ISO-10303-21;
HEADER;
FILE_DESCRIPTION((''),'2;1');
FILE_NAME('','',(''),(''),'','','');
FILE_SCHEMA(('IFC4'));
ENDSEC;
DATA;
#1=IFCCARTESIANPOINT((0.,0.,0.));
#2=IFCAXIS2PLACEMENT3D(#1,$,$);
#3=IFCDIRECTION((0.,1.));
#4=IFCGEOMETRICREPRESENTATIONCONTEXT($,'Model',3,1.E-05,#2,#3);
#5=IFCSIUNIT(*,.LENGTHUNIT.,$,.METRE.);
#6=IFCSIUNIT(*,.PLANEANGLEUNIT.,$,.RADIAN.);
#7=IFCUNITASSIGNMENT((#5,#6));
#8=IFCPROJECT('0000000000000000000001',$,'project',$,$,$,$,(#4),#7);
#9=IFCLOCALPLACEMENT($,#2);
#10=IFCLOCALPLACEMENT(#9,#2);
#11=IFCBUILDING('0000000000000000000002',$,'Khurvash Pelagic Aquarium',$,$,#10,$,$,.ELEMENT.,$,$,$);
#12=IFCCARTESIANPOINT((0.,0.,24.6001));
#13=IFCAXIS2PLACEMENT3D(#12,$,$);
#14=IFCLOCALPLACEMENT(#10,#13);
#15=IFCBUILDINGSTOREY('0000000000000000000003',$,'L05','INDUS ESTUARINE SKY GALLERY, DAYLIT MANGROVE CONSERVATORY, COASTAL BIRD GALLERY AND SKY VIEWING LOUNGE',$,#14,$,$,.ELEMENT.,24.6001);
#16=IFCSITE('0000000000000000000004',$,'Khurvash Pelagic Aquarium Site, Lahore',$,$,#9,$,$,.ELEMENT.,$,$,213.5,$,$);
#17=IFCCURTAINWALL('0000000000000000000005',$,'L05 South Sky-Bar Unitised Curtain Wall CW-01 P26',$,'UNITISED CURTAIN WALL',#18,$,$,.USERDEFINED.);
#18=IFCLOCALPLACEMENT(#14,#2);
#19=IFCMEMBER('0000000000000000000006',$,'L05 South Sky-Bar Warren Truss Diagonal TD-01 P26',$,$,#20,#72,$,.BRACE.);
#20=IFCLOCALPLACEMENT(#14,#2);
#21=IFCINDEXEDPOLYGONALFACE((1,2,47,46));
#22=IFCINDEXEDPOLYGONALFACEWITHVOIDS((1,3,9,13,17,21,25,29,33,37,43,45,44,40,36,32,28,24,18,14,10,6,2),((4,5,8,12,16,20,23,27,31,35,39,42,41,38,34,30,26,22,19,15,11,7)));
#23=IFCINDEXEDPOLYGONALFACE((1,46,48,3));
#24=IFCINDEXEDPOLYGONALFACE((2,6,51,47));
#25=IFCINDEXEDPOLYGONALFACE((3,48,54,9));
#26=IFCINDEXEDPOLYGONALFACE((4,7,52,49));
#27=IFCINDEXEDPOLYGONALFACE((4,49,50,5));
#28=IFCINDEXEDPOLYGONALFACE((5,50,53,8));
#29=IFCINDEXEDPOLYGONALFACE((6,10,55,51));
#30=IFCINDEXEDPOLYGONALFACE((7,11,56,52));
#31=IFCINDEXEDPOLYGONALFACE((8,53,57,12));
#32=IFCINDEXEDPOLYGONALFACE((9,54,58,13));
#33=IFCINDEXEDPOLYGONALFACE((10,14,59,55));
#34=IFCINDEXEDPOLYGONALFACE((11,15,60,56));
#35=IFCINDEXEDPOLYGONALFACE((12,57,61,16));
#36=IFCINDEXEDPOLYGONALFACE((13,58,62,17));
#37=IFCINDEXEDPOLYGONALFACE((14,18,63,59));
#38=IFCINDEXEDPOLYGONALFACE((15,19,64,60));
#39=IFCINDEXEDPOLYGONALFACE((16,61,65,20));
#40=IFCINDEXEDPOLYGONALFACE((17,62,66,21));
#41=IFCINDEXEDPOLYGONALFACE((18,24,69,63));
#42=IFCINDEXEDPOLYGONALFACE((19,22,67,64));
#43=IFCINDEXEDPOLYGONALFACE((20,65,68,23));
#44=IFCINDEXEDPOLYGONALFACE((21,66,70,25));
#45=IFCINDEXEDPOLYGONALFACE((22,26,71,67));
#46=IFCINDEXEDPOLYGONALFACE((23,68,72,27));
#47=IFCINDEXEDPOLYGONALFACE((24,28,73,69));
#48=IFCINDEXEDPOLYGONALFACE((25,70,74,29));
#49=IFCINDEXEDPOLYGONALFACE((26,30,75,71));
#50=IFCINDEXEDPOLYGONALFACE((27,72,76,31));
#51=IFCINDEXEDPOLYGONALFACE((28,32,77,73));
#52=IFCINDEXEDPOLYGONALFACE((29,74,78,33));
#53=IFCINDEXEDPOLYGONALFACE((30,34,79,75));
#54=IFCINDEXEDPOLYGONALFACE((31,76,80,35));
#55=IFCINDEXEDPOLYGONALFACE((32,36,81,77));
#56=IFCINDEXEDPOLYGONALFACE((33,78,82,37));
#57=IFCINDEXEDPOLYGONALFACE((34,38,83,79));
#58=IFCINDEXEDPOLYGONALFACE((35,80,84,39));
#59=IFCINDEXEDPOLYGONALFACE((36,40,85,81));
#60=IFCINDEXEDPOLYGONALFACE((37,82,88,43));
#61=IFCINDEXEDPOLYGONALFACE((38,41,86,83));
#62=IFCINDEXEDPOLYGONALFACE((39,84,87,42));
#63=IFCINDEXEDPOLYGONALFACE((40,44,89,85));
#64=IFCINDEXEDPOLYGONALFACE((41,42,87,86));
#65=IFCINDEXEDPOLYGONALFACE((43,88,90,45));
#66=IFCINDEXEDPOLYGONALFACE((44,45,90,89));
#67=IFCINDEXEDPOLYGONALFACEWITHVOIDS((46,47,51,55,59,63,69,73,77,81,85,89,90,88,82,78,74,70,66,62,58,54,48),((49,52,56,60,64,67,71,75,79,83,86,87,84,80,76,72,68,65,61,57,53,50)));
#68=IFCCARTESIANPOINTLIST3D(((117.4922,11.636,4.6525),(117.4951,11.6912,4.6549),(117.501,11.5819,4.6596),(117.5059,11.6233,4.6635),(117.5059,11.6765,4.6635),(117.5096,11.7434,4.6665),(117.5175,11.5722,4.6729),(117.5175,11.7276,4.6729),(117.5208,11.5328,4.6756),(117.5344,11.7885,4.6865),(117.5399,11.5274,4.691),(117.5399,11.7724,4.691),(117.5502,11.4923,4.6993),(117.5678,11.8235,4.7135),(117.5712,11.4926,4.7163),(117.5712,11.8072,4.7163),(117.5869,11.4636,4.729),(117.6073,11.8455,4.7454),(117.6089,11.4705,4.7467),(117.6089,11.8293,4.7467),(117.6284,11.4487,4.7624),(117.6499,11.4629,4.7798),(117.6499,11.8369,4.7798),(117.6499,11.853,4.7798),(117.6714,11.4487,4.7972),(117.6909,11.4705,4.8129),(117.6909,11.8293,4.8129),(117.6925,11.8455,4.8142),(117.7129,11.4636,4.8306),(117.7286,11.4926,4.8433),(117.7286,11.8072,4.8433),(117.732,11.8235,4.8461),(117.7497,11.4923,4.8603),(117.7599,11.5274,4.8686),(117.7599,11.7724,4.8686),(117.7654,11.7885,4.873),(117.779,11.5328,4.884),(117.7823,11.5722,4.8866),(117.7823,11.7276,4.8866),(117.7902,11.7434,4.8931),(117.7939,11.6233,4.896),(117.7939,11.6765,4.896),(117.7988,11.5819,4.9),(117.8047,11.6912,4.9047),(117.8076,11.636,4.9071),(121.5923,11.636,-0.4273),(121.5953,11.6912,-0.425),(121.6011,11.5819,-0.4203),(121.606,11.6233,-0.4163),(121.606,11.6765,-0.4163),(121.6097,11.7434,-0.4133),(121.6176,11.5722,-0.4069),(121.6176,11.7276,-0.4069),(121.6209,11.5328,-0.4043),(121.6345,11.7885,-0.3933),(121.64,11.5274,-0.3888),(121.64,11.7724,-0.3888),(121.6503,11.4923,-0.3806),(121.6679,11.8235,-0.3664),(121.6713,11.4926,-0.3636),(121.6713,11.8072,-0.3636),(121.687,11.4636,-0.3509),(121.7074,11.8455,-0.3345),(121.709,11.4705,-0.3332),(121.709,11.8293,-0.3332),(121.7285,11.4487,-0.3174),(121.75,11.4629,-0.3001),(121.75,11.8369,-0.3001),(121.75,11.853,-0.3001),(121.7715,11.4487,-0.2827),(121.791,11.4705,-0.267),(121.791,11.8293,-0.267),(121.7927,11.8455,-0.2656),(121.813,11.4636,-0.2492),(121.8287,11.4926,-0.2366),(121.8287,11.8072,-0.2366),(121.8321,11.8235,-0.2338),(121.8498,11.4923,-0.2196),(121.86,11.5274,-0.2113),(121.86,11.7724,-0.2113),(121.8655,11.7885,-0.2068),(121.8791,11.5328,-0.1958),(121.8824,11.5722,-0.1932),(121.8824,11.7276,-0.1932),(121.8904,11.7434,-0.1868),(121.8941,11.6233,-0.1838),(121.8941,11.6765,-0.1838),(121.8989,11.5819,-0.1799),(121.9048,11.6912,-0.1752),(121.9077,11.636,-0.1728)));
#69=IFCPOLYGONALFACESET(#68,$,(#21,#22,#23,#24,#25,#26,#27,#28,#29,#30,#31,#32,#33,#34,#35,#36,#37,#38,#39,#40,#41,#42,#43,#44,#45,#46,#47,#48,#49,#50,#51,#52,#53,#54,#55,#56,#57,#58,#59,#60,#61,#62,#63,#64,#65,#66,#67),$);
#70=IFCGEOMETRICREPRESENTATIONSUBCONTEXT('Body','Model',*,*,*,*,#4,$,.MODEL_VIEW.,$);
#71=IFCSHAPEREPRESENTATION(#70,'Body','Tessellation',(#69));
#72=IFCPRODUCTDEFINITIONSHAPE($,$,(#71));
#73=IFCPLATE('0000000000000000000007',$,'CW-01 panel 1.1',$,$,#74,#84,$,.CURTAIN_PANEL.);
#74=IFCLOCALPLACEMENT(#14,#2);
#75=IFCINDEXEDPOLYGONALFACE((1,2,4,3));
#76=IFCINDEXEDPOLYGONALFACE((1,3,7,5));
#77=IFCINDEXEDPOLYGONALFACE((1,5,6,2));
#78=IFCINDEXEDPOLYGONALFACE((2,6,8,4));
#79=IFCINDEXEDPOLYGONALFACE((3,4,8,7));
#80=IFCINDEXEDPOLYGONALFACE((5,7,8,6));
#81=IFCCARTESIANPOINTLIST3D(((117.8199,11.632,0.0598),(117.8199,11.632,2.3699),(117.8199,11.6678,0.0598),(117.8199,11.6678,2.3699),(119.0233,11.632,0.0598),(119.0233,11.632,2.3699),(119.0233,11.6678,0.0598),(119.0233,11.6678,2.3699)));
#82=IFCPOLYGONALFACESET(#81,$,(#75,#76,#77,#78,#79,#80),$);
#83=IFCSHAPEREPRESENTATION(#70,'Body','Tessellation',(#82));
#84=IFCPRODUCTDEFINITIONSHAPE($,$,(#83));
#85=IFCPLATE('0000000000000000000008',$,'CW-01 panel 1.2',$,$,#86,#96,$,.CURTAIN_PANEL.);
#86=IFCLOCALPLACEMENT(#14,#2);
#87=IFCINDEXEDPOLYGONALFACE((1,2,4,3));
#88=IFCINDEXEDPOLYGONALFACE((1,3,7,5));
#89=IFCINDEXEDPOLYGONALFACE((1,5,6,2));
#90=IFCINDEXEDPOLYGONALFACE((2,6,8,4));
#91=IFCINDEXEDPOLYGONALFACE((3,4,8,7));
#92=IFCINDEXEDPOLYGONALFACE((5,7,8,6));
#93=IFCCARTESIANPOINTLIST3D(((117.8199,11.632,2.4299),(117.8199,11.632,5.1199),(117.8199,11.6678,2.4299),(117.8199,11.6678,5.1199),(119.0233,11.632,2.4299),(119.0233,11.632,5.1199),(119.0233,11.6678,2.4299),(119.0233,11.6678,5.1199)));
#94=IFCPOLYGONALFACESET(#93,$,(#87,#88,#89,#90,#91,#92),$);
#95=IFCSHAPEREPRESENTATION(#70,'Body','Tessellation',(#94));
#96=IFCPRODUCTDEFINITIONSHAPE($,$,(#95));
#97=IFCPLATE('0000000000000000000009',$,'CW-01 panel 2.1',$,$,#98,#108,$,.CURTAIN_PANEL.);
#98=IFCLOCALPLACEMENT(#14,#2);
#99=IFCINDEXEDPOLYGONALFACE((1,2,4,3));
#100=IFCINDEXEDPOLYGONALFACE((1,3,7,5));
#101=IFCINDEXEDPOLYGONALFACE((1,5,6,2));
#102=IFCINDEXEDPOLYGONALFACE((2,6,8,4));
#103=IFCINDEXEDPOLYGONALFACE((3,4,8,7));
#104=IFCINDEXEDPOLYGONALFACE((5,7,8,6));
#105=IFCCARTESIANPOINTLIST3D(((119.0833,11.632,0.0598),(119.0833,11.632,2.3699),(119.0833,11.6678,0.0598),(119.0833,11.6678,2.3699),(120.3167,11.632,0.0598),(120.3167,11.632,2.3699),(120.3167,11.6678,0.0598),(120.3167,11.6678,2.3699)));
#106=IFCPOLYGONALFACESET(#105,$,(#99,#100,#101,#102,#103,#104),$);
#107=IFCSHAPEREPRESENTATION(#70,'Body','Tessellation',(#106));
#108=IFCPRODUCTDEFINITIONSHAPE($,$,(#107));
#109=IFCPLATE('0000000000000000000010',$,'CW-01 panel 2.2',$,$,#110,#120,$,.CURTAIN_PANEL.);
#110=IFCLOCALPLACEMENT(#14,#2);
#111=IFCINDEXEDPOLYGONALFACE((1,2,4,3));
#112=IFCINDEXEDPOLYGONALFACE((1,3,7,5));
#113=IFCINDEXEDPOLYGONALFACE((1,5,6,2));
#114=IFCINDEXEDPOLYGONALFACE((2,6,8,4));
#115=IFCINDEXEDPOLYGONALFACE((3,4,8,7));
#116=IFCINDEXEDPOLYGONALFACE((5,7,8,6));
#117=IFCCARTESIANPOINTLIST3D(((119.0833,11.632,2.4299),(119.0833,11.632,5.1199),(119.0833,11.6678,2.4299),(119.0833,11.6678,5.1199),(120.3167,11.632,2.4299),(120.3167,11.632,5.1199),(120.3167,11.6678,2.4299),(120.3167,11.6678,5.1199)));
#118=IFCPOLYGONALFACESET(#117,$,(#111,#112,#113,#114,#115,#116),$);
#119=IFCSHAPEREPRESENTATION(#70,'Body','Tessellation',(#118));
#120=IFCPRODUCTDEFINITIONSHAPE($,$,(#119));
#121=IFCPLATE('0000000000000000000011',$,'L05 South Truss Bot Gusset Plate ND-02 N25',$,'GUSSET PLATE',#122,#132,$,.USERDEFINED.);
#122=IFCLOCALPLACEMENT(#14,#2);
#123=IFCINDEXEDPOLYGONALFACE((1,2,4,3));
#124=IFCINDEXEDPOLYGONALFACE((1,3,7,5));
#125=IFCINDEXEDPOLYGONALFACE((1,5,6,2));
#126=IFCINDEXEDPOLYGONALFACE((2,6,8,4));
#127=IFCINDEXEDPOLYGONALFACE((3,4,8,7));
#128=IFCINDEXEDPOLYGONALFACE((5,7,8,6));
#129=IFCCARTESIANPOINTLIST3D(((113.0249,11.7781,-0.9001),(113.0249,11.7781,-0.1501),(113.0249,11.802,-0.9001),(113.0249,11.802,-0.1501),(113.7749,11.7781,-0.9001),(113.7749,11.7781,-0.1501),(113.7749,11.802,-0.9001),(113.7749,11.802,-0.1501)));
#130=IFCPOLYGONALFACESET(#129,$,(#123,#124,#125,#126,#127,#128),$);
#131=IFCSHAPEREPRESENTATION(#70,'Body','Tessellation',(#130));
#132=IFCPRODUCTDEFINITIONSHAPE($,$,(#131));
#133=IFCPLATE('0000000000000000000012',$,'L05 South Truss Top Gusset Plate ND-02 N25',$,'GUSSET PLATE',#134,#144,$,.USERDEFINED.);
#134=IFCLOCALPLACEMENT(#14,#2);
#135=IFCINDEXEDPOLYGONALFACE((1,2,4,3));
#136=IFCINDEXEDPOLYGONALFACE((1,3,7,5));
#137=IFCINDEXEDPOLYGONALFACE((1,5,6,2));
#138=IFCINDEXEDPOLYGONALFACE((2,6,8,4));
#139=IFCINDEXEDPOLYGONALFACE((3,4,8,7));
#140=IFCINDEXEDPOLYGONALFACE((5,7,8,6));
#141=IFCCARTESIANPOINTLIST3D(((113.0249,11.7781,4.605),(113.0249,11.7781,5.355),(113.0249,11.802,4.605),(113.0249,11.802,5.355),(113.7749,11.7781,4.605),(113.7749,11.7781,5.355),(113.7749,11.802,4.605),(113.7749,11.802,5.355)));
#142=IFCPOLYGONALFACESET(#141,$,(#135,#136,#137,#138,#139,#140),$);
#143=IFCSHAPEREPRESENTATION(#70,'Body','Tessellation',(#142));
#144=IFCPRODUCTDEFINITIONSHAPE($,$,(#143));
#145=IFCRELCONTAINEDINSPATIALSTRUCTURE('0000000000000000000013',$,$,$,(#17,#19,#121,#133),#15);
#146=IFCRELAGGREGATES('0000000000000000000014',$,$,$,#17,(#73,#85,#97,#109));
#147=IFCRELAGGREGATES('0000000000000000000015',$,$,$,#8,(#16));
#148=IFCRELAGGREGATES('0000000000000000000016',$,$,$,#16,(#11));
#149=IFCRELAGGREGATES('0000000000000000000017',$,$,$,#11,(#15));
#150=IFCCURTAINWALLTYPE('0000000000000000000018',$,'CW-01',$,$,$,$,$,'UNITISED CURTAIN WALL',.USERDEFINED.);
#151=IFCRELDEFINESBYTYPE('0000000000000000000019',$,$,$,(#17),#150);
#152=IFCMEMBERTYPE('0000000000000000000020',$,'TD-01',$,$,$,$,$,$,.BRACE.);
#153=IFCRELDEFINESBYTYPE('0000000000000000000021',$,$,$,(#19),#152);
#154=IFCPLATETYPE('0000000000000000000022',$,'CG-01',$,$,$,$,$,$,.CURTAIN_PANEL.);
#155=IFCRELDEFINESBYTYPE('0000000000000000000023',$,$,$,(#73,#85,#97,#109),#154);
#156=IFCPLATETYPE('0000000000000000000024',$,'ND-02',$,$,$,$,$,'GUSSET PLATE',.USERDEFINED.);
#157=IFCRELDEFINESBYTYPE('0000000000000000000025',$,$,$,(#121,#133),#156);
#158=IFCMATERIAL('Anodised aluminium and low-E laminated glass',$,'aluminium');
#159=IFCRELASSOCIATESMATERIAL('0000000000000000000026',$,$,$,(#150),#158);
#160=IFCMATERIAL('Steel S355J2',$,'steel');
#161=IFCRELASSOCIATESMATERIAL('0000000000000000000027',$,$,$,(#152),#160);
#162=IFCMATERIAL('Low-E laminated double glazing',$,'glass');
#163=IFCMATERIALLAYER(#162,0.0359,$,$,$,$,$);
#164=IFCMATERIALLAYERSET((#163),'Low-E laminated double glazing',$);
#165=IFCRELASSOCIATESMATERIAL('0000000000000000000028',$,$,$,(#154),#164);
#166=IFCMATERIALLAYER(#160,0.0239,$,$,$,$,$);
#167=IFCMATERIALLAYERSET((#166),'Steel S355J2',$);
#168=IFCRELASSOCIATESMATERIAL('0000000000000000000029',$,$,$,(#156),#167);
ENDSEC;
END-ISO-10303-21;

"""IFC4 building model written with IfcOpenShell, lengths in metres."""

from ifc_helpers import new_model, si_unit, direction, frame, origin, origin_2d, place, context, subcontext, project, spatial, rectangle, hollow_circle, extrude, material, layer, layer_set, material_profile, profile_set, type_object, element, aggregate, save


model = new_model("IFC4")

# Units and contexts
model_context = context("Model", 3, precision=1e-05, world=origin(), true_north=direction((0.0, 1.0)))
body_context = subcontext(model_context, "Body", "Model", "MODEL_VIEW")
ifc_project = project(units=[si_unit("LENGTHUNIT", "METRE"), si_unit("PLANEANGLEUNIT", "RADIAN")], contexts=[model_context])

# Site, building, storey
site_placement = place(None, origin())
site = spatial("IfcSite", under=ifc_project, at=site_placement, Name="Khurvash Pelagic Aquarium Site, Lahore", CompositionType="ELEMENT", RefElevation=213.5)
building_placement = place(site_placement, origin())
building = spatial("IfcBuilding", under=site, at=building_placement, Name="Khurvash Pelagic Aquarium", CompositionType="ELEMENT")
storey_placement = place(building_placement, frame((0.0, 0.0, 24.6001)))
storey = spatial("IfcBuildingStorey", under=building, at=storey_placement, Name="L05", Description="INDUS ESTUARINE SKY GALLERY, DAYLIT MANGROVE CONSERVATORY, COASTAL BIRD GALLERY AND SKY VIEWING LOUNGE", CompositionType="ELEMENT", Elevation=24.6001)

# Curtain wall
ifc_material_1 = material(Name="Anodised aluminium and low-E laminated glass", Category="aluminium")
curtain_wall_type = type_object("IfcCurtainWallType", Name="CW-01", ElementType="UNITISED CURTAIN WALL", PredefinedType="USERDEFINED", material=ifc_material_1)
curtain_wall_placement = place(storey_placement, origin())
curtain_wall = element("IfcCurtainWall", 1, at=curtain_wall_placement, inside=storey, type_object=curtain_wall_type, Name="L05 South Sky-Bar Unitised Curtain Wall CW-01 P26", ObjectType="UNITISED CURTAIN WALL", PredefinedType="USERDEFINED")

# Member
ifc_material_2 = material(Name="Steel S355J2", Category="steel")
ifc_material_profile_1 = material_profile(ifc_material_2, hollow_circle(Radius=0.2031, WallThickness=0.0161, at=origin_2d()), Name="CHS406X16")
ifc_profile_set_1 = profile_set([ifc_material_profile_1], Name="Steel S355J2")
member_type_1 = type_object("IfcMemberType", Name="TD-01", PredefinedType="BRACE", material=ifc_profile_set_1)
member_1_placement = place(storey_placement, frame((117.6499, 11.6499, 4.7798), z_axis=(0.628073, 0.0, -0.778154), x_axis=(0.0, 1.0, 0.0)))
element("IfcMember", 2, at=member_1_placement, inside=storey, type_object=member_type_1, Name="L05 South Sky-Bar Warren Truss Diagonal TD-01 P26", PredefinedType="BRACE", context=body_context, shape_type="SweptSolid", body=[
    extrude(hollow_circle(Radius=0.2031, WallThickness=0.0161, at=origin_2d()), origin(), (0.0, 0.0, 1.0), 6.5281),
])

# Plates
ifc_material_3 = material(Name="Low-E laminated double glazing", Category="glass")
ifc_layer_1 = layer(ifc_material_3, 0.0359)
ifc_layer_set_1 = layer_set([ifc_layer_1], Name="Low-E laminated double glazing")
plate_type_1 = type_object("IfcPlateType", Name="CG-01", PredefinedType="CURTAIN_PANEL", material=ifc_layer_set_1)
plate_1_placement = place(storey_placement, frame((118.4216, 11.6499, 0.0598), z_axis=(0.0, 0.0, 1.0), x_axis=(1.0, 0.0, 0.0)))
plate_1 = element("IfcPlate", 3, at=plate_1_placement, type_object=plate_type_1, Name="CW-01 panel 1.1", PredefinedType="CURTAIN_PANEL", context=body_context, shape_type="SweptSolid", body=[
    extrude(rectangle(XDim=1.2034, YDim=0.0359, at=origin_2d()), origin(), (0.0, 0.0, 1.0), 2.3101),
])
plate_2_placement = place(storey_placement, frame((118.4216, 11.6499, 2.4299), z_axis=(0.0, 0.0, 1.0), x_axis=(1.0, 0.0, 0.0)))
plate_2 = element("IfcPlate", 4, at=plate_2_placement, type_object=plate_type_1, Name="CW-01 panel 1.2", PredefinedType="CURTAIN_PANEL", context=body_context, shape_type="SweptSolid", body=[
    extrude(rectangle(XDim=1.2034, YDim=0.0359, at=origin_2d()), origin(), (0.0, 0.0, 1.0), 2.6899),
])
plate_3_placement = place(storey_placement, frame((119.7, 11.6499, 0.0598), z_axis=(0.0, 0.0, 1.0), x_axis=(1.0, 0.0, 0.0)))
plate_3 = element("IfcPlate", 5, at=plate_3_placement, type_object=plate_type_1, Name="CW-01 panel 2.1", PredefinedType="CURTAIN_PANEL", context=body_context, shape_type="SweptSolid", body=[
    extrude(rectangle(XDim=1.2334, YDim=0.0359, at=origin_2d()), origin(), (0.0, 0.0, 1.0), 2.3101),
])
plate_4_placement = place(storey_placement, frame((119.7, 11.6499, 2.4299), z_axis=(0.0, 0.0, 1.0), x_axis=(1.0, 0.0, 0.0)))
plate_4 = element("IfcPlate", 6, at=plate_4_placement, type_object=plate_type_1, Name="CW-01 panel 2.2", PredefinedType="CURTAIN_PANEL", context=body_context, shape_type="SweptSolid", body=[
    extrude(rectangle(XDim=1.2334, YDim=0.0359, at=origin_2d()), origin(), (0.0, 0.0, 1.0), 2.6899),
])
aggregate(curtain_wall, [plate_1, plate_2, plate_3, plate_4])

# Plates
ifc_layer_2 = layer(ifc_material_2, 0.0239)
ifc_layer_set_2 = layer_set([ifc_layer_2], Name="Steel S355J2")
plate_type_2 = type_object("IfcPlateType", Name="ND-02", ElementType="GUSSET PLATE", PredefinedType="USERDEFINED", material=ifc_layer_set_2)
for number, where, z_axis, x_axis, name in (
    (7, (113.3999, 11.79, -0.9001), (0.0, 0.0, 1.0), (1.0, 0.0, 0.0), "L05 South Truss Bot Gusset Plate ND-02 N25"),
    (8, (113.3999, 11.79, 4.605), (0.0, 0.0, 1.0), (1.0, 0.0, 0.0), "L05 South Truss Top Gusset Plate ND-02 N25"),
):
    element("IfcPlate", number, at=place(storey_placement, frame(where, z_axis=z_axis, x_axis=x_axis)), inside=storey, type_object=plate_type_2, Name=name, ObjectType="GUSSET PLATE", PredefinedType="USERDEFINED", context=body_context, shape_type="SweptSolid", body=[
        extrude(rectangle(XDim=0.75, YDim=0.0239, at=origin_2d()), origin(), (0.0, 0.0, 1.0), 0.75),
    ])

save(model, "model.ifc")
